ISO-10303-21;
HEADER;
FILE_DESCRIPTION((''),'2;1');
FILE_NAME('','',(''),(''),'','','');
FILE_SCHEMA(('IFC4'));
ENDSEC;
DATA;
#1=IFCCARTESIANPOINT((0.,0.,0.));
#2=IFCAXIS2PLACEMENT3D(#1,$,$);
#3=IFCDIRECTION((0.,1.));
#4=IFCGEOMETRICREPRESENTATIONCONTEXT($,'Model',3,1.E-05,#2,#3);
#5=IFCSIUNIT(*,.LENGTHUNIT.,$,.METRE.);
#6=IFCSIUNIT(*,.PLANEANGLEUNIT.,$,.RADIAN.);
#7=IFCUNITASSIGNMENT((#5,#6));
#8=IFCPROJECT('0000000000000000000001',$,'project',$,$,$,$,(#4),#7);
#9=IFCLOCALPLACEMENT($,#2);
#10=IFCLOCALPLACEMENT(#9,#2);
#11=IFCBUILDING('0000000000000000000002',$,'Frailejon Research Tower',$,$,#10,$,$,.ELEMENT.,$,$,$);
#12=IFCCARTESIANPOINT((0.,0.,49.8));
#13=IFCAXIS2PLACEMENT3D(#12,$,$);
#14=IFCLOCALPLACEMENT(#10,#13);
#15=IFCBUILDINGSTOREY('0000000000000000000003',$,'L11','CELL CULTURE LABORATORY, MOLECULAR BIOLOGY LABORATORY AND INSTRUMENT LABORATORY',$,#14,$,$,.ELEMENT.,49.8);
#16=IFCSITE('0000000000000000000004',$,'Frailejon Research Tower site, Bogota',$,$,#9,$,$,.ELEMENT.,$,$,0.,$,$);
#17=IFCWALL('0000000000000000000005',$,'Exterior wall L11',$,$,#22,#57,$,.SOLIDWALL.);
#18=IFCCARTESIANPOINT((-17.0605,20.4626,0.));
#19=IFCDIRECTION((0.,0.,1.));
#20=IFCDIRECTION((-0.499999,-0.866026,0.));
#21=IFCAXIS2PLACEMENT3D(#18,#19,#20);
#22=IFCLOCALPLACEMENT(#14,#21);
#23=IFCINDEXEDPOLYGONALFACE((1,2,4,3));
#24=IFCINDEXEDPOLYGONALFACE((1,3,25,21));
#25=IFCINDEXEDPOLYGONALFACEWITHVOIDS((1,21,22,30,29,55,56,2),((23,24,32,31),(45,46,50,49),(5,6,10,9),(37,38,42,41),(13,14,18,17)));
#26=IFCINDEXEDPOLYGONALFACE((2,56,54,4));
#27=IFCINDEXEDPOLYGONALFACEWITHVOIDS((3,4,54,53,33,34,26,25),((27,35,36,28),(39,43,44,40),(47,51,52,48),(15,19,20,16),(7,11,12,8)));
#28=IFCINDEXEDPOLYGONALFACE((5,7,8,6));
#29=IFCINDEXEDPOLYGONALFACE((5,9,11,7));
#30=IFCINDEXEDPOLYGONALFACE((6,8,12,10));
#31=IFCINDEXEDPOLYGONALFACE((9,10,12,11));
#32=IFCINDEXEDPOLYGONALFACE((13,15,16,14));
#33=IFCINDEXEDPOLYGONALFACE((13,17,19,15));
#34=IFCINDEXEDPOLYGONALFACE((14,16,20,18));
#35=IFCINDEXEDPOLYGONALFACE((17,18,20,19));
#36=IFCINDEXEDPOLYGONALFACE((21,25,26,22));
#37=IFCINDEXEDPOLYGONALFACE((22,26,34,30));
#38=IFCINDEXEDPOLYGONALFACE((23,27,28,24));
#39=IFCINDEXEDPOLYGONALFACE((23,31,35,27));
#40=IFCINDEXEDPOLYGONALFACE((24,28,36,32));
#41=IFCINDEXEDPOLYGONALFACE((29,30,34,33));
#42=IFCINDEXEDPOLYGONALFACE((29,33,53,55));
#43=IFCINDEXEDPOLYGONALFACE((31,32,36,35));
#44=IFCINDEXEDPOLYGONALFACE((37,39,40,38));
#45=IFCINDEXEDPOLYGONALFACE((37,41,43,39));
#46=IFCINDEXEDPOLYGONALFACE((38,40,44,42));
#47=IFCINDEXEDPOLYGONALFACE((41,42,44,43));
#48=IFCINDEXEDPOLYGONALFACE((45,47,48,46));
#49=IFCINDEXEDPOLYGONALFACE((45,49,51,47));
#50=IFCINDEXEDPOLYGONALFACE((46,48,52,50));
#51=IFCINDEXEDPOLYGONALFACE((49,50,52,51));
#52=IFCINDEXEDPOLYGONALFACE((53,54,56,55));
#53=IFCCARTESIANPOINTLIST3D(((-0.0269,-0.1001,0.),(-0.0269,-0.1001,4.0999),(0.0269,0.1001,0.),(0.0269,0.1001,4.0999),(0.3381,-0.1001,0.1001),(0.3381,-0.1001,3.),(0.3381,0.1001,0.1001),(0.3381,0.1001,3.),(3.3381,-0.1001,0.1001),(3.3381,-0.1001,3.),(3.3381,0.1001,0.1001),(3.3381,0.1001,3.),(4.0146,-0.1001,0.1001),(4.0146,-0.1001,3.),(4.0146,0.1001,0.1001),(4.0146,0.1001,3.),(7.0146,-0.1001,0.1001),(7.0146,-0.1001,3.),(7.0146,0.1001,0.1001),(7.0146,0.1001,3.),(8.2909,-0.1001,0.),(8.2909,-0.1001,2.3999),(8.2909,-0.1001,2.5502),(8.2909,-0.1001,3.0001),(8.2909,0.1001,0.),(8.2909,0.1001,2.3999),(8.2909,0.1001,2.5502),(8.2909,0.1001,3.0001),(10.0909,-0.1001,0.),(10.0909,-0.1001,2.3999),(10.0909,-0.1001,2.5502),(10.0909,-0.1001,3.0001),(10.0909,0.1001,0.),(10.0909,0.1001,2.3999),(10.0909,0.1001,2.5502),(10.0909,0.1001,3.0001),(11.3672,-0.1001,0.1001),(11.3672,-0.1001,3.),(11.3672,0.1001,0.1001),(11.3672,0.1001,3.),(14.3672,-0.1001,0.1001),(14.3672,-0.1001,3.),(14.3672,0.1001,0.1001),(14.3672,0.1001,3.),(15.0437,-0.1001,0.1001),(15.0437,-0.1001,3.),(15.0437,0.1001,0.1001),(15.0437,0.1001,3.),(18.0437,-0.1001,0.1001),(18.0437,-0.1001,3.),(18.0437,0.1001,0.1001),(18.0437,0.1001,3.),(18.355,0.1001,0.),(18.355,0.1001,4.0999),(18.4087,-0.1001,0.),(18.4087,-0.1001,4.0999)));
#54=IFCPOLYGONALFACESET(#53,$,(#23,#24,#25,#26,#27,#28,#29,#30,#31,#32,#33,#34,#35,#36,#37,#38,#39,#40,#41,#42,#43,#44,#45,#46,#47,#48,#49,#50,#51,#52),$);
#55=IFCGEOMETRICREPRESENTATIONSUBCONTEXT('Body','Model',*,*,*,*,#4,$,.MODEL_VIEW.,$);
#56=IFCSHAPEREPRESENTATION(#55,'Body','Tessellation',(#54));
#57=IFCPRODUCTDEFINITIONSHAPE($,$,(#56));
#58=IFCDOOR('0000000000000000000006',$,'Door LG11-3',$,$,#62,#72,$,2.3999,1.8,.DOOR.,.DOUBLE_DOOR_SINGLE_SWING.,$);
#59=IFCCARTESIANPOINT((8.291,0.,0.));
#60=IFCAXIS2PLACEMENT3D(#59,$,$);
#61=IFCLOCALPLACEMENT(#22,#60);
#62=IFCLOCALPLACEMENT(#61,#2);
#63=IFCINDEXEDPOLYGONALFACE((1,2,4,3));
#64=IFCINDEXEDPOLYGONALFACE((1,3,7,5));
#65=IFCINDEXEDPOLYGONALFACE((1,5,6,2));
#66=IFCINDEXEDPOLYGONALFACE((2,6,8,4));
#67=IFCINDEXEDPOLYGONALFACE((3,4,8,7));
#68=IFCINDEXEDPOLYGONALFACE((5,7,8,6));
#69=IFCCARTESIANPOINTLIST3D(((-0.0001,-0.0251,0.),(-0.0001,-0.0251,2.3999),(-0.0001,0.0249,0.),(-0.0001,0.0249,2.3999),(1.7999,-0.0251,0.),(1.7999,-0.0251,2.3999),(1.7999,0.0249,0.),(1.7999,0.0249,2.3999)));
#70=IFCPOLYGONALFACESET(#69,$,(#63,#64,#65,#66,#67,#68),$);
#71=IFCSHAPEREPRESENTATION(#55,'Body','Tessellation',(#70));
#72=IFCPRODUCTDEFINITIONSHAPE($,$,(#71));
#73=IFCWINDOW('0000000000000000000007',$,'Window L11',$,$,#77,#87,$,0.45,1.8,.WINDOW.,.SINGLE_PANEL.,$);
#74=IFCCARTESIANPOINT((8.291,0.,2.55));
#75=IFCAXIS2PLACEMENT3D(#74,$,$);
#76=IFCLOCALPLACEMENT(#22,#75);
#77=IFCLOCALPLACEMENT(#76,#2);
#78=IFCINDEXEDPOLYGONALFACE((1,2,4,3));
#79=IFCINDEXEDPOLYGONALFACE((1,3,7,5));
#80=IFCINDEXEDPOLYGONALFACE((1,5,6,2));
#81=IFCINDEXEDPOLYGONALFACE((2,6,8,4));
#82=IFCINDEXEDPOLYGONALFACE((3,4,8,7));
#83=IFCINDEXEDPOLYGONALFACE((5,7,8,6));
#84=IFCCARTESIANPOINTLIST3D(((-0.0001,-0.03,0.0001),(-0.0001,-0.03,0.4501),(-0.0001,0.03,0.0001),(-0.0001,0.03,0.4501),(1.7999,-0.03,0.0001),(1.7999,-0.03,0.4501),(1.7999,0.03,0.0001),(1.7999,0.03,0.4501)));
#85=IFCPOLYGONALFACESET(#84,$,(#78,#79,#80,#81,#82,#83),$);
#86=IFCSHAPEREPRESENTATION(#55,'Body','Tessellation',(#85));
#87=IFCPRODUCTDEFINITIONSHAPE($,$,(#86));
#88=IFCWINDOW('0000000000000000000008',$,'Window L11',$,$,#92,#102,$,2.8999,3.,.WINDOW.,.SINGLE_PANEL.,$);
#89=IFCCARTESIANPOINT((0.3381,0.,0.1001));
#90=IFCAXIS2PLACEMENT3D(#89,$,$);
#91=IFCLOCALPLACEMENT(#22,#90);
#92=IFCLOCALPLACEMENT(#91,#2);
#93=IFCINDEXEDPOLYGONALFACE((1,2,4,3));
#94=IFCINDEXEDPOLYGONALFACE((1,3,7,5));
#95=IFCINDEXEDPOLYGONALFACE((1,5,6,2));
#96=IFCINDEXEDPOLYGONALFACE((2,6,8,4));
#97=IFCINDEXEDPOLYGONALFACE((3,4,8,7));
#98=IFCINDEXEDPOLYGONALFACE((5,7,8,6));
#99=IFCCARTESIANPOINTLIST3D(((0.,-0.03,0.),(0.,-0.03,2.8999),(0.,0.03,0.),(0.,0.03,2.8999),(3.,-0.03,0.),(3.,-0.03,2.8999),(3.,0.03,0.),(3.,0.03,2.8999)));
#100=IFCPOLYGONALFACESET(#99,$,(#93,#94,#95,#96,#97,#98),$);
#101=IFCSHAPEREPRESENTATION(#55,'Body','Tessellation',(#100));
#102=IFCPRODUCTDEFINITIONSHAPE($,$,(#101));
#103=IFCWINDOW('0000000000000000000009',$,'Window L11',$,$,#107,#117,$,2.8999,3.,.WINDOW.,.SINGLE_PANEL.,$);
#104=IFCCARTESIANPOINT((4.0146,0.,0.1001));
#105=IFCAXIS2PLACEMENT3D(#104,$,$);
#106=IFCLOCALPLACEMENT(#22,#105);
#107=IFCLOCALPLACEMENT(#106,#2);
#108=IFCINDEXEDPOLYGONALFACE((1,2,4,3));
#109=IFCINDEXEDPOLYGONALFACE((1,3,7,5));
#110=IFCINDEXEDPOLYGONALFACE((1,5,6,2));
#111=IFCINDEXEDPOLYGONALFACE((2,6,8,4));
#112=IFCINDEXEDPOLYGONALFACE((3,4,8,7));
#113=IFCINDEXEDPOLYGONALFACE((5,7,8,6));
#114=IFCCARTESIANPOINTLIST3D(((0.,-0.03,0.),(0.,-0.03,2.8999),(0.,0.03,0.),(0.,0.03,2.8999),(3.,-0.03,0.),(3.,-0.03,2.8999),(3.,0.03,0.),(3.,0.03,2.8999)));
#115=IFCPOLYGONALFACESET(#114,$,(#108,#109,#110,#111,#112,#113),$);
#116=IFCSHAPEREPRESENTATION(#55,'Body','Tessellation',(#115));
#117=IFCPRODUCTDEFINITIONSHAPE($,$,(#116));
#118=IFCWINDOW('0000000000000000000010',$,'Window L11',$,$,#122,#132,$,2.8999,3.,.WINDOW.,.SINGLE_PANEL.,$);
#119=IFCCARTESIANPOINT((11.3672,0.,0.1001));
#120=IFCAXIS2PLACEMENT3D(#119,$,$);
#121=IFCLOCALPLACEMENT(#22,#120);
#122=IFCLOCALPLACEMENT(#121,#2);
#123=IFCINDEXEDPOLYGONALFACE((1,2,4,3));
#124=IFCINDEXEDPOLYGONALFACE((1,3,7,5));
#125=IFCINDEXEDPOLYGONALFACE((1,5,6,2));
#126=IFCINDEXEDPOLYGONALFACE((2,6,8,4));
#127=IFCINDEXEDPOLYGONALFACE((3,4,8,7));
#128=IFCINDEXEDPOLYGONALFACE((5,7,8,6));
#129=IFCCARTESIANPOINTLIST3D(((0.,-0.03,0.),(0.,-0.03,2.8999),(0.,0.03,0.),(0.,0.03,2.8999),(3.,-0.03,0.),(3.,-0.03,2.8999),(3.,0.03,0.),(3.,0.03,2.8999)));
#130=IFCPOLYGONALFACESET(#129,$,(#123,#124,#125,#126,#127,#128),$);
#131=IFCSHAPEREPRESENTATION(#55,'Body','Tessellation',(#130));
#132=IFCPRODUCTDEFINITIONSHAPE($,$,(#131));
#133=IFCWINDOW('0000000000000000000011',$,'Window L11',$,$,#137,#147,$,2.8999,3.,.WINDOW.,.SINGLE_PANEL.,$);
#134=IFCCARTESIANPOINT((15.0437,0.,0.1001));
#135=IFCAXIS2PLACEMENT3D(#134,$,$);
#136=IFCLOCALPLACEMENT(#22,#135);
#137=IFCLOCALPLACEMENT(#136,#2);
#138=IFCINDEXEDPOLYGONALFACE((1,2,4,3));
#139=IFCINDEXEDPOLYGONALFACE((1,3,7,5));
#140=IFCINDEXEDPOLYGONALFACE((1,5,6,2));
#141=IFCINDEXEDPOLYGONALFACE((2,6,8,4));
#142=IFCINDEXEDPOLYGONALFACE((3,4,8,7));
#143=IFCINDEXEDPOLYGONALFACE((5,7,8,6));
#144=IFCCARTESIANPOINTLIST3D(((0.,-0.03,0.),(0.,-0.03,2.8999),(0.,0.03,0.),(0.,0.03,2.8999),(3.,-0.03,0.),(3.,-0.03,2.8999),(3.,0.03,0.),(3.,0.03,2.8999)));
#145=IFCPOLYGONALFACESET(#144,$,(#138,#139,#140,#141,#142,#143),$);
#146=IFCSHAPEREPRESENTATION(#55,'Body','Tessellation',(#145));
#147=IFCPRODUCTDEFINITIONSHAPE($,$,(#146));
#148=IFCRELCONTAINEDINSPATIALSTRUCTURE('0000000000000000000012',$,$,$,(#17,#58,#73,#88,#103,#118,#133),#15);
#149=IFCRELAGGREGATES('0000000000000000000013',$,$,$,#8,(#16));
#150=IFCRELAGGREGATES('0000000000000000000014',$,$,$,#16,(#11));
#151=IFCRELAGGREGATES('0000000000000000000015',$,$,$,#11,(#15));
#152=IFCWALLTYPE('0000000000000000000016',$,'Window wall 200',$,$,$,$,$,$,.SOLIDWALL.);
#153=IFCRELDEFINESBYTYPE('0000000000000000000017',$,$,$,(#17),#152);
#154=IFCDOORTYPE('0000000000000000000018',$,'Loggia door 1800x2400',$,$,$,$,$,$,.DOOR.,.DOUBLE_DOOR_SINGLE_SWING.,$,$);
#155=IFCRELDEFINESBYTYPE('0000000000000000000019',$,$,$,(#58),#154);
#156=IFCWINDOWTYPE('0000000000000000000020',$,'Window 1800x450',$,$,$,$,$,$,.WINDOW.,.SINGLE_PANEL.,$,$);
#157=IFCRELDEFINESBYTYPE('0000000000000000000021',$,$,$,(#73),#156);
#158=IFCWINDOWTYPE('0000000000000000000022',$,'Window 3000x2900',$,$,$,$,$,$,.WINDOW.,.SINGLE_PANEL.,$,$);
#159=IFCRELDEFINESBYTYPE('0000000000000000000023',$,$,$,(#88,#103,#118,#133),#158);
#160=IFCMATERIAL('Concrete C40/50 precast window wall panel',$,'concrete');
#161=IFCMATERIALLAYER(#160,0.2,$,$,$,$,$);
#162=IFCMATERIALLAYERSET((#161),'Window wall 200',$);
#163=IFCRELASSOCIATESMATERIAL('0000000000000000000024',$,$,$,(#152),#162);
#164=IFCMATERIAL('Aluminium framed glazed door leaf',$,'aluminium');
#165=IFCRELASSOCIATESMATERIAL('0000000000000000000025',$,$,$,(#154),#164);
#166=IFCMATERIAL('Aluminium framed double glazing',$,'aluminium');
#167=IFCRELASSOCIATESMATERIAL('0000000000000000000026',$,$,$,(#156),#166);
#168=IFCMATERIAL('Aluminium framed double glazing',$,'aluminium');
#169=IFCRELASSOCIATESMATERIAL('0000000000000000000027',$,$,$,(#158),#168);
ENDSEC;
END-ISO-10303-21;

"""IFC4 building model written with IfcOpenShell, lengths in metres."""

from ifc_helpers import new_model, si_unit, direction, frame, frame_2d, origin, place, context, subcontext, project, spatial, polyline, rectangle, outline, extrude, material, layer, layer_set, type_object, element, fill, save


model = new_model("IFC4")

# Units and contexts
model_context = context("Model", 3, precision=1e-05, world=origin(), true_north=direction((0.0, 1.0)))
body_context = subcontext(model_context, "Body", "Model", "MODEL_VIEW")
ifc_project = project(units=[si_unit("LENGTHUNIT", "METRE"), si_unit("PLANEANGLEUNIT", "RADIAN")], contexts=[model_context])

# Site, building, storey
site_placement = place(None, origin())
site = spatial("IfcSite", under=ifc_project, at=site_placement, Name="Frailejon Research Tower site, Bogota", CompositionType="ELEMENT", RefElevation=0.0)
building_placement = place(site_placement, origin())
building = spatial("IfcBuilding", under=site, at=building_placement, Name="Frailejon Research Tower", CompositionType="ELEMENT")
storey_placement = place(building_placement, frame((0.0, 0.0, 49.8)))
storey = spatial("IfcBuildingStorey", under=building, at=storey_placement, Name="L11", Description="CELL CULTURE LABORATORY, MOLECULAR BIOLOGY LABORATORY AND INSTRUMENT LABORATORY", CompositionType="ELEMENT", Elevation=49.8)

# Wall, openings, door, windows
ifc_material_1 = material(Name="Concrete C40/50 precast window wall panel", Category="concrete")
ifc_layer_1 = layer(ifc_material_1, 0.2)
ifc_layer_set_1 = layer_set([ifc_layer_1], Name="Window wall 200")
wall_type_1 = type_object("IfcWallType", Name="Window wall 200", PredefinedType="SOLIDWALL", material=ifc_layer_set_1)
wall_1_placement = place(storey_placement, frame((-17.0605, 20.4626, 0.0), z_axis=(0.0, 0.0, 1.0), x_axis=(-0.499999, -0.866026, 0.0)))
wall_1 = element("IfcWall", 1, at=wall_1_placement, inside=storey, type_object=wall_type_1, Name="Exterior wall L11", PredefinedType="SOLIDWALL", context=body_context, shape_type="SweptSolid", body=[
    extrude(outline(polyline([(-0.0269, -0.1001), (0.9973, -0.1001), (2.0215, -0.1001), (3.0457, -0.1001), (4.0698, -0.1001), (5.0942, -0.1001), (6.1184, -0.1001), (7.1426, -0.1001), (8.1667, -0.1001), (9.1909, -0.1001), (10.2151, -0.1001), (11.2393, -0.1001), (12.2634, -0.1001), (13.2876, -0.1001), (14.312, -0.1001), (15.3362, -0.1001), (16.3604, -0.1001), (17.3845, -0.1001), (18.4087, -0.1001), (18.355, 0.1001), (17.3367, 0.1001), (16.3186, 0.1001), (15.3003, 0.1001), (14.282, 0.1001), (13.2639, 0.1001), (12.2456, 0.1001), (11.2273, 0.1001), (10.2092, 0.1001), (9.1909, 0.1001), (8.1726, 0.1001), (7.1545, 0.1001), (6.1362, 0.1001), (5.1179, 0.1001), (4.0999, 0.1001), (3.0815, 0.1001), (2.0632, 0.1001), (1.0452, 0.1001), (0.0269, 0.1001), (-0.0269, -0.1001)])), origin(), (0.0, 0.0, 1.0), 4.0999),
])
opening_1_placement = place(wall_1_placement, frame((0.3381, 0.0, 0.1001)))
opening_1 = element("IfcOpeningElement", 2, at=opening_1_placement, cuts=wall_1, PredefinedType="OPENING", context=body_context, shape_type="SweptSolid", body=[
    extrude(rectangle(XDim=3.0, YDim=2.8999, at=frame_2d((1.5, 1.45))), frame((0.0, 0.1099, 0.0), z_axis=(0.0, -1.0, 0.0), x_axis=(1.0, 0.0, 0.0)), (0.0, 0.0, 1.0), 0.22),
])
opening_2_placement = place(wall_1_placement, frame((4.0146, 0.0, 0.1001)))
opening_2 = element("IfcOpeningElement", 3, at=opening_2_placement, cuts=wall_1, PredefinedType="OPENING", context=body_context, shape_type="SweptSolid", body=[
    extrude(rectangle(XDim=3.0, YDim=2.8999, at=frame_2d((1.5, 1.45))), frame((0.0, 0.1099, 0.0), z_axis=(0.0, -1.0, 0.0), x_axis=(1.0, 0.0, 0.0)), (0.0, 0.0, 1.0), 0.22),
])
opening_3_placement = place(wall_1_placement, frame((8.291, 0.0, 0.0)))
opening_3 = element("IfcOpeningElement", 4, at=opening_3_placement, cuts=wall_1, PredefinedType="OPENING", context=body_context, shape_type="SweptSolid", body=[
    extrude(rectangle(XDim=1.8, YDim=2.3999, at=frame_2d((0.8999, 1.2))), frame((0.0, 0.1099, 0.0), z_axis=(0.0, -1.0, 0.0), x_axis=(1.0, 0.0, 0.0)), (0.0, 0.0, 1.0), 0.22),
])
opening_4_placement = place(wall_1_placement, frame((8.291, 0.0, 2.55)))
opening_4 = element("IfcOpeningElement", 5, at=opening_4_placement, cuts=wall_1, PredefinedType="OPENING", context=body_context, shape_type="SweptSolid", body=[
    extrude(rectangle(XDim=1.8, YDim=0.45, at=frame_2d((0.8999, 0.2251))), frame((0.0, 0.1099, 0.0), z_axis=(0.0, -1.0, 0.0), x_axis=(1.0, 0.0, 0.0)), (0.0, 0.0, 1.0), 0.22),
])
opening_5_placement = place(wall_1_placement, frame((11.3672, 0.0, 0.1001)))
opening_5 = element("IfcOpeningElement", 6, at=opening_5_placement, cuts=wall_1, PredefinedType="OPENING", context=body_context, shape_type="SweptSolid", body=[
    extrude(rectangle(XDim=3.0, YDim=2.8999, at=frame_2d((1.5, 1.45))), frame((0.0, 0.1099, 0.0), z_axis=(0.0, -1.0, 0.0), x_axis=(1.0, 0.0, 0.0)), (0.0, 0.0, 1.0), 0.22),
])
opening_6_placement = place(wall_1_placement, frame((15.0437, 0.0, 0.1001)))
opening_6 = element("IfcOpeningElement", 7, at=opening_6_placement, cuts=wall_1, PredefinedType="OPENING", context=body_context, shape_type="SweptSolid", body=[
    extrude(rectangle(XDim=3.0, YDim=2.8999, at=frame_2d((1.5, 1.45))), frame((0.0, 0.1099, 0.0), z_axis=(0.0, -1.0, 0.0), x_axis=(1.0, 0.0, 0.0)), (0.0, 0.0, 1.0), 0.22),
])
ifc_material_2 = material(Name="Aluminium framed glazed door leaf", Category="aluminium")
door_type = type_object("IfcDoorType", Name="Loggia door 1800x2400", OperationType="DOUBLE_DOOR_SINGLE_SWING", PredefinedType="DOOR", material=ifc_material_2)
door_placement = place(opening_3_placement, origin())
door = element("IfcDoor", 8, at=door_placement, inside=storey, type_object=door_type, Name="Door LG11-3", OperationType="DOUBLE_DOOR_SINGLE_SWING", OverallHeight=2.3999, OverallWidth=1.8, PredefinedType="DOOR", context=body_context, shape_type="SweptSolid", body=[
    extrude(rectangle(XDim=1.8, YDim=2.3999, at=frame_2d((0.8999, 1.2))), frame((0.0, 0.0249, 0.0), z_axis=(0.0, -1.0, 0.0), x_axis=(1.0, 0.0, 0.0)), (0.0, 0.0, 1.0), 0.05),
])
fill(opening_3, door)
ifc_material_3 = material(Name="Aluminium framed double glazing", Category="aluminium")
window_type_1 = type_object("IfcWindowType", Name="Window 1800x450", PartitioningType="SINGLE_PANEL", PredefinedType="WINDOW", material=ifc_material_3)
window_1_placement = place(opening_4_placement, origin())
window_1 = element("IfcWindow", 9, at=window_1_placement, inside=storey, type_object=window_type_1, Name="Window L11", OverallHeight=0.45, OverallWidth=1.8, PartitioningType="SINGLE_PANEL", PredefinedType="WINDOW", context=body_context, shape_type="SweptSolid", body=[
    extrude(rectangle(XDim=1.8, YDim=0.45, at=frame_2d((0.8999, 0.2251))), frame((0.0, 0.03, 0.0), z_axis=(0.0, -1.0, 0.0), x_axis=(1.0, 0.0, 0.0)), (0.0, 0.0, 1.0), 0.0601),
])
fill(opening_4, window_1)
ifc_material_4 = material(Name="Aluminium framed double glazing", Category="aluminium")
window_type_2 = type_object("IfcWindowType", Name="Window 3000x2900", PartitioningType="SINGLE_PANEL", PredefinedType="WINDOW", material=ifc_material_4)
window_2_placement = place(opening_1_placement, origin())
window_2 = element("IfcWindow", 10, at=window_2_placement, inside=storey, type_object=window_type_2, Name="Window L11", OverallHeight=2.8999, OverallWidth=3.0, PartitioningType="SINGLE_PANEL", PredefinedType="WINDOW", context=body_context, shape_type="SweptSolid", body=[
    extrude(rectangle(XDim=3.0, YDim=2.8999, at=frame_2d((1.5, 1.45))), frame((0.0, 0.03, 0.0), z_axis=(0.0, -1.0, 0.0), x_axis=(1.0, 0.0, 0.0)), (0.0, 0.0, 1.0), 0.0601),
])
fill(opening_1, window_2)
window_3_placement = place(opening_2_placement, origin())
window_3 = element("IfcWindow", 11, at=window_3_placement, inside=storey, type_object=window_type_2, Name="Window L11", OverallHeight=2.8999, OverallWidth=3.0, PartitioningType="SINGLE_PANEL", PredefinedType="WINDOW", context=body_context, shape_type="SweptSolid", body=[
    extrude(rectangle(XDim=3.0, YDim=2.8999, at=frame_2d((1.5, 1.45))), frame((0.0, 0.03, 0.0), z_axis=(0.0, -1.0, 0.0), x_axis=(1.0, 0.0, 0.0)), (0.0, 0.0, 1.0), 0.0601),
])
fill(opening_2, window_3)
window_4_placement = place(opening_5_placement, origin())
window_4 = element("IfcWindow", 12, at=window_4_placement, inside=storey, type_object=window_type_2, Name="Window L11", OverallHeight=2.8999, OverallWidth=3.0, PartitioningType="SINGLE_PANEL", PredefinedType="WINDOW", context=body_context, shape_type="SweptSolid", body=[
    extrude(rectangle(XDim=3.0, YDim=2.8999, at=frame_2d((1.5, 1.45))), frame((0.0, 0.03, 0.0), z_axis=(0.0, -1.0, 0.0), x_axis=(1.0, 0.0, 0.0)), (0.0, 0.0, 1.0), 0.0601),
])
fill(opening_5, window_4)
window_5_placement = place(opening_6_placement, origin())
window_5 = element("IfcWindow", 13, at=window_5_placement, inside=storey, type_object=window_type_2, Name="Window L11", OverallHeight=2.8999, OverallWidth=3.0, PartitioningType="SINGLE_PANEL", PredefinedType="WINDOW", context=body_context, shape_type="SweptSolid", body=[
    extrude(rectangle(XDim=3.0, YDim=2.8999, at=frame_2d((1.5, 1.45))), frame((0.0, 0.03, 0.0), z_axis=(0.0, -1.0, 0.0), x_axis=(1.0, 0.0, 0.0)), (0.0, 0.0, 1.0), 0.0601),
])
fill(opening_6, window_5)

save(model, "model.ifc")
